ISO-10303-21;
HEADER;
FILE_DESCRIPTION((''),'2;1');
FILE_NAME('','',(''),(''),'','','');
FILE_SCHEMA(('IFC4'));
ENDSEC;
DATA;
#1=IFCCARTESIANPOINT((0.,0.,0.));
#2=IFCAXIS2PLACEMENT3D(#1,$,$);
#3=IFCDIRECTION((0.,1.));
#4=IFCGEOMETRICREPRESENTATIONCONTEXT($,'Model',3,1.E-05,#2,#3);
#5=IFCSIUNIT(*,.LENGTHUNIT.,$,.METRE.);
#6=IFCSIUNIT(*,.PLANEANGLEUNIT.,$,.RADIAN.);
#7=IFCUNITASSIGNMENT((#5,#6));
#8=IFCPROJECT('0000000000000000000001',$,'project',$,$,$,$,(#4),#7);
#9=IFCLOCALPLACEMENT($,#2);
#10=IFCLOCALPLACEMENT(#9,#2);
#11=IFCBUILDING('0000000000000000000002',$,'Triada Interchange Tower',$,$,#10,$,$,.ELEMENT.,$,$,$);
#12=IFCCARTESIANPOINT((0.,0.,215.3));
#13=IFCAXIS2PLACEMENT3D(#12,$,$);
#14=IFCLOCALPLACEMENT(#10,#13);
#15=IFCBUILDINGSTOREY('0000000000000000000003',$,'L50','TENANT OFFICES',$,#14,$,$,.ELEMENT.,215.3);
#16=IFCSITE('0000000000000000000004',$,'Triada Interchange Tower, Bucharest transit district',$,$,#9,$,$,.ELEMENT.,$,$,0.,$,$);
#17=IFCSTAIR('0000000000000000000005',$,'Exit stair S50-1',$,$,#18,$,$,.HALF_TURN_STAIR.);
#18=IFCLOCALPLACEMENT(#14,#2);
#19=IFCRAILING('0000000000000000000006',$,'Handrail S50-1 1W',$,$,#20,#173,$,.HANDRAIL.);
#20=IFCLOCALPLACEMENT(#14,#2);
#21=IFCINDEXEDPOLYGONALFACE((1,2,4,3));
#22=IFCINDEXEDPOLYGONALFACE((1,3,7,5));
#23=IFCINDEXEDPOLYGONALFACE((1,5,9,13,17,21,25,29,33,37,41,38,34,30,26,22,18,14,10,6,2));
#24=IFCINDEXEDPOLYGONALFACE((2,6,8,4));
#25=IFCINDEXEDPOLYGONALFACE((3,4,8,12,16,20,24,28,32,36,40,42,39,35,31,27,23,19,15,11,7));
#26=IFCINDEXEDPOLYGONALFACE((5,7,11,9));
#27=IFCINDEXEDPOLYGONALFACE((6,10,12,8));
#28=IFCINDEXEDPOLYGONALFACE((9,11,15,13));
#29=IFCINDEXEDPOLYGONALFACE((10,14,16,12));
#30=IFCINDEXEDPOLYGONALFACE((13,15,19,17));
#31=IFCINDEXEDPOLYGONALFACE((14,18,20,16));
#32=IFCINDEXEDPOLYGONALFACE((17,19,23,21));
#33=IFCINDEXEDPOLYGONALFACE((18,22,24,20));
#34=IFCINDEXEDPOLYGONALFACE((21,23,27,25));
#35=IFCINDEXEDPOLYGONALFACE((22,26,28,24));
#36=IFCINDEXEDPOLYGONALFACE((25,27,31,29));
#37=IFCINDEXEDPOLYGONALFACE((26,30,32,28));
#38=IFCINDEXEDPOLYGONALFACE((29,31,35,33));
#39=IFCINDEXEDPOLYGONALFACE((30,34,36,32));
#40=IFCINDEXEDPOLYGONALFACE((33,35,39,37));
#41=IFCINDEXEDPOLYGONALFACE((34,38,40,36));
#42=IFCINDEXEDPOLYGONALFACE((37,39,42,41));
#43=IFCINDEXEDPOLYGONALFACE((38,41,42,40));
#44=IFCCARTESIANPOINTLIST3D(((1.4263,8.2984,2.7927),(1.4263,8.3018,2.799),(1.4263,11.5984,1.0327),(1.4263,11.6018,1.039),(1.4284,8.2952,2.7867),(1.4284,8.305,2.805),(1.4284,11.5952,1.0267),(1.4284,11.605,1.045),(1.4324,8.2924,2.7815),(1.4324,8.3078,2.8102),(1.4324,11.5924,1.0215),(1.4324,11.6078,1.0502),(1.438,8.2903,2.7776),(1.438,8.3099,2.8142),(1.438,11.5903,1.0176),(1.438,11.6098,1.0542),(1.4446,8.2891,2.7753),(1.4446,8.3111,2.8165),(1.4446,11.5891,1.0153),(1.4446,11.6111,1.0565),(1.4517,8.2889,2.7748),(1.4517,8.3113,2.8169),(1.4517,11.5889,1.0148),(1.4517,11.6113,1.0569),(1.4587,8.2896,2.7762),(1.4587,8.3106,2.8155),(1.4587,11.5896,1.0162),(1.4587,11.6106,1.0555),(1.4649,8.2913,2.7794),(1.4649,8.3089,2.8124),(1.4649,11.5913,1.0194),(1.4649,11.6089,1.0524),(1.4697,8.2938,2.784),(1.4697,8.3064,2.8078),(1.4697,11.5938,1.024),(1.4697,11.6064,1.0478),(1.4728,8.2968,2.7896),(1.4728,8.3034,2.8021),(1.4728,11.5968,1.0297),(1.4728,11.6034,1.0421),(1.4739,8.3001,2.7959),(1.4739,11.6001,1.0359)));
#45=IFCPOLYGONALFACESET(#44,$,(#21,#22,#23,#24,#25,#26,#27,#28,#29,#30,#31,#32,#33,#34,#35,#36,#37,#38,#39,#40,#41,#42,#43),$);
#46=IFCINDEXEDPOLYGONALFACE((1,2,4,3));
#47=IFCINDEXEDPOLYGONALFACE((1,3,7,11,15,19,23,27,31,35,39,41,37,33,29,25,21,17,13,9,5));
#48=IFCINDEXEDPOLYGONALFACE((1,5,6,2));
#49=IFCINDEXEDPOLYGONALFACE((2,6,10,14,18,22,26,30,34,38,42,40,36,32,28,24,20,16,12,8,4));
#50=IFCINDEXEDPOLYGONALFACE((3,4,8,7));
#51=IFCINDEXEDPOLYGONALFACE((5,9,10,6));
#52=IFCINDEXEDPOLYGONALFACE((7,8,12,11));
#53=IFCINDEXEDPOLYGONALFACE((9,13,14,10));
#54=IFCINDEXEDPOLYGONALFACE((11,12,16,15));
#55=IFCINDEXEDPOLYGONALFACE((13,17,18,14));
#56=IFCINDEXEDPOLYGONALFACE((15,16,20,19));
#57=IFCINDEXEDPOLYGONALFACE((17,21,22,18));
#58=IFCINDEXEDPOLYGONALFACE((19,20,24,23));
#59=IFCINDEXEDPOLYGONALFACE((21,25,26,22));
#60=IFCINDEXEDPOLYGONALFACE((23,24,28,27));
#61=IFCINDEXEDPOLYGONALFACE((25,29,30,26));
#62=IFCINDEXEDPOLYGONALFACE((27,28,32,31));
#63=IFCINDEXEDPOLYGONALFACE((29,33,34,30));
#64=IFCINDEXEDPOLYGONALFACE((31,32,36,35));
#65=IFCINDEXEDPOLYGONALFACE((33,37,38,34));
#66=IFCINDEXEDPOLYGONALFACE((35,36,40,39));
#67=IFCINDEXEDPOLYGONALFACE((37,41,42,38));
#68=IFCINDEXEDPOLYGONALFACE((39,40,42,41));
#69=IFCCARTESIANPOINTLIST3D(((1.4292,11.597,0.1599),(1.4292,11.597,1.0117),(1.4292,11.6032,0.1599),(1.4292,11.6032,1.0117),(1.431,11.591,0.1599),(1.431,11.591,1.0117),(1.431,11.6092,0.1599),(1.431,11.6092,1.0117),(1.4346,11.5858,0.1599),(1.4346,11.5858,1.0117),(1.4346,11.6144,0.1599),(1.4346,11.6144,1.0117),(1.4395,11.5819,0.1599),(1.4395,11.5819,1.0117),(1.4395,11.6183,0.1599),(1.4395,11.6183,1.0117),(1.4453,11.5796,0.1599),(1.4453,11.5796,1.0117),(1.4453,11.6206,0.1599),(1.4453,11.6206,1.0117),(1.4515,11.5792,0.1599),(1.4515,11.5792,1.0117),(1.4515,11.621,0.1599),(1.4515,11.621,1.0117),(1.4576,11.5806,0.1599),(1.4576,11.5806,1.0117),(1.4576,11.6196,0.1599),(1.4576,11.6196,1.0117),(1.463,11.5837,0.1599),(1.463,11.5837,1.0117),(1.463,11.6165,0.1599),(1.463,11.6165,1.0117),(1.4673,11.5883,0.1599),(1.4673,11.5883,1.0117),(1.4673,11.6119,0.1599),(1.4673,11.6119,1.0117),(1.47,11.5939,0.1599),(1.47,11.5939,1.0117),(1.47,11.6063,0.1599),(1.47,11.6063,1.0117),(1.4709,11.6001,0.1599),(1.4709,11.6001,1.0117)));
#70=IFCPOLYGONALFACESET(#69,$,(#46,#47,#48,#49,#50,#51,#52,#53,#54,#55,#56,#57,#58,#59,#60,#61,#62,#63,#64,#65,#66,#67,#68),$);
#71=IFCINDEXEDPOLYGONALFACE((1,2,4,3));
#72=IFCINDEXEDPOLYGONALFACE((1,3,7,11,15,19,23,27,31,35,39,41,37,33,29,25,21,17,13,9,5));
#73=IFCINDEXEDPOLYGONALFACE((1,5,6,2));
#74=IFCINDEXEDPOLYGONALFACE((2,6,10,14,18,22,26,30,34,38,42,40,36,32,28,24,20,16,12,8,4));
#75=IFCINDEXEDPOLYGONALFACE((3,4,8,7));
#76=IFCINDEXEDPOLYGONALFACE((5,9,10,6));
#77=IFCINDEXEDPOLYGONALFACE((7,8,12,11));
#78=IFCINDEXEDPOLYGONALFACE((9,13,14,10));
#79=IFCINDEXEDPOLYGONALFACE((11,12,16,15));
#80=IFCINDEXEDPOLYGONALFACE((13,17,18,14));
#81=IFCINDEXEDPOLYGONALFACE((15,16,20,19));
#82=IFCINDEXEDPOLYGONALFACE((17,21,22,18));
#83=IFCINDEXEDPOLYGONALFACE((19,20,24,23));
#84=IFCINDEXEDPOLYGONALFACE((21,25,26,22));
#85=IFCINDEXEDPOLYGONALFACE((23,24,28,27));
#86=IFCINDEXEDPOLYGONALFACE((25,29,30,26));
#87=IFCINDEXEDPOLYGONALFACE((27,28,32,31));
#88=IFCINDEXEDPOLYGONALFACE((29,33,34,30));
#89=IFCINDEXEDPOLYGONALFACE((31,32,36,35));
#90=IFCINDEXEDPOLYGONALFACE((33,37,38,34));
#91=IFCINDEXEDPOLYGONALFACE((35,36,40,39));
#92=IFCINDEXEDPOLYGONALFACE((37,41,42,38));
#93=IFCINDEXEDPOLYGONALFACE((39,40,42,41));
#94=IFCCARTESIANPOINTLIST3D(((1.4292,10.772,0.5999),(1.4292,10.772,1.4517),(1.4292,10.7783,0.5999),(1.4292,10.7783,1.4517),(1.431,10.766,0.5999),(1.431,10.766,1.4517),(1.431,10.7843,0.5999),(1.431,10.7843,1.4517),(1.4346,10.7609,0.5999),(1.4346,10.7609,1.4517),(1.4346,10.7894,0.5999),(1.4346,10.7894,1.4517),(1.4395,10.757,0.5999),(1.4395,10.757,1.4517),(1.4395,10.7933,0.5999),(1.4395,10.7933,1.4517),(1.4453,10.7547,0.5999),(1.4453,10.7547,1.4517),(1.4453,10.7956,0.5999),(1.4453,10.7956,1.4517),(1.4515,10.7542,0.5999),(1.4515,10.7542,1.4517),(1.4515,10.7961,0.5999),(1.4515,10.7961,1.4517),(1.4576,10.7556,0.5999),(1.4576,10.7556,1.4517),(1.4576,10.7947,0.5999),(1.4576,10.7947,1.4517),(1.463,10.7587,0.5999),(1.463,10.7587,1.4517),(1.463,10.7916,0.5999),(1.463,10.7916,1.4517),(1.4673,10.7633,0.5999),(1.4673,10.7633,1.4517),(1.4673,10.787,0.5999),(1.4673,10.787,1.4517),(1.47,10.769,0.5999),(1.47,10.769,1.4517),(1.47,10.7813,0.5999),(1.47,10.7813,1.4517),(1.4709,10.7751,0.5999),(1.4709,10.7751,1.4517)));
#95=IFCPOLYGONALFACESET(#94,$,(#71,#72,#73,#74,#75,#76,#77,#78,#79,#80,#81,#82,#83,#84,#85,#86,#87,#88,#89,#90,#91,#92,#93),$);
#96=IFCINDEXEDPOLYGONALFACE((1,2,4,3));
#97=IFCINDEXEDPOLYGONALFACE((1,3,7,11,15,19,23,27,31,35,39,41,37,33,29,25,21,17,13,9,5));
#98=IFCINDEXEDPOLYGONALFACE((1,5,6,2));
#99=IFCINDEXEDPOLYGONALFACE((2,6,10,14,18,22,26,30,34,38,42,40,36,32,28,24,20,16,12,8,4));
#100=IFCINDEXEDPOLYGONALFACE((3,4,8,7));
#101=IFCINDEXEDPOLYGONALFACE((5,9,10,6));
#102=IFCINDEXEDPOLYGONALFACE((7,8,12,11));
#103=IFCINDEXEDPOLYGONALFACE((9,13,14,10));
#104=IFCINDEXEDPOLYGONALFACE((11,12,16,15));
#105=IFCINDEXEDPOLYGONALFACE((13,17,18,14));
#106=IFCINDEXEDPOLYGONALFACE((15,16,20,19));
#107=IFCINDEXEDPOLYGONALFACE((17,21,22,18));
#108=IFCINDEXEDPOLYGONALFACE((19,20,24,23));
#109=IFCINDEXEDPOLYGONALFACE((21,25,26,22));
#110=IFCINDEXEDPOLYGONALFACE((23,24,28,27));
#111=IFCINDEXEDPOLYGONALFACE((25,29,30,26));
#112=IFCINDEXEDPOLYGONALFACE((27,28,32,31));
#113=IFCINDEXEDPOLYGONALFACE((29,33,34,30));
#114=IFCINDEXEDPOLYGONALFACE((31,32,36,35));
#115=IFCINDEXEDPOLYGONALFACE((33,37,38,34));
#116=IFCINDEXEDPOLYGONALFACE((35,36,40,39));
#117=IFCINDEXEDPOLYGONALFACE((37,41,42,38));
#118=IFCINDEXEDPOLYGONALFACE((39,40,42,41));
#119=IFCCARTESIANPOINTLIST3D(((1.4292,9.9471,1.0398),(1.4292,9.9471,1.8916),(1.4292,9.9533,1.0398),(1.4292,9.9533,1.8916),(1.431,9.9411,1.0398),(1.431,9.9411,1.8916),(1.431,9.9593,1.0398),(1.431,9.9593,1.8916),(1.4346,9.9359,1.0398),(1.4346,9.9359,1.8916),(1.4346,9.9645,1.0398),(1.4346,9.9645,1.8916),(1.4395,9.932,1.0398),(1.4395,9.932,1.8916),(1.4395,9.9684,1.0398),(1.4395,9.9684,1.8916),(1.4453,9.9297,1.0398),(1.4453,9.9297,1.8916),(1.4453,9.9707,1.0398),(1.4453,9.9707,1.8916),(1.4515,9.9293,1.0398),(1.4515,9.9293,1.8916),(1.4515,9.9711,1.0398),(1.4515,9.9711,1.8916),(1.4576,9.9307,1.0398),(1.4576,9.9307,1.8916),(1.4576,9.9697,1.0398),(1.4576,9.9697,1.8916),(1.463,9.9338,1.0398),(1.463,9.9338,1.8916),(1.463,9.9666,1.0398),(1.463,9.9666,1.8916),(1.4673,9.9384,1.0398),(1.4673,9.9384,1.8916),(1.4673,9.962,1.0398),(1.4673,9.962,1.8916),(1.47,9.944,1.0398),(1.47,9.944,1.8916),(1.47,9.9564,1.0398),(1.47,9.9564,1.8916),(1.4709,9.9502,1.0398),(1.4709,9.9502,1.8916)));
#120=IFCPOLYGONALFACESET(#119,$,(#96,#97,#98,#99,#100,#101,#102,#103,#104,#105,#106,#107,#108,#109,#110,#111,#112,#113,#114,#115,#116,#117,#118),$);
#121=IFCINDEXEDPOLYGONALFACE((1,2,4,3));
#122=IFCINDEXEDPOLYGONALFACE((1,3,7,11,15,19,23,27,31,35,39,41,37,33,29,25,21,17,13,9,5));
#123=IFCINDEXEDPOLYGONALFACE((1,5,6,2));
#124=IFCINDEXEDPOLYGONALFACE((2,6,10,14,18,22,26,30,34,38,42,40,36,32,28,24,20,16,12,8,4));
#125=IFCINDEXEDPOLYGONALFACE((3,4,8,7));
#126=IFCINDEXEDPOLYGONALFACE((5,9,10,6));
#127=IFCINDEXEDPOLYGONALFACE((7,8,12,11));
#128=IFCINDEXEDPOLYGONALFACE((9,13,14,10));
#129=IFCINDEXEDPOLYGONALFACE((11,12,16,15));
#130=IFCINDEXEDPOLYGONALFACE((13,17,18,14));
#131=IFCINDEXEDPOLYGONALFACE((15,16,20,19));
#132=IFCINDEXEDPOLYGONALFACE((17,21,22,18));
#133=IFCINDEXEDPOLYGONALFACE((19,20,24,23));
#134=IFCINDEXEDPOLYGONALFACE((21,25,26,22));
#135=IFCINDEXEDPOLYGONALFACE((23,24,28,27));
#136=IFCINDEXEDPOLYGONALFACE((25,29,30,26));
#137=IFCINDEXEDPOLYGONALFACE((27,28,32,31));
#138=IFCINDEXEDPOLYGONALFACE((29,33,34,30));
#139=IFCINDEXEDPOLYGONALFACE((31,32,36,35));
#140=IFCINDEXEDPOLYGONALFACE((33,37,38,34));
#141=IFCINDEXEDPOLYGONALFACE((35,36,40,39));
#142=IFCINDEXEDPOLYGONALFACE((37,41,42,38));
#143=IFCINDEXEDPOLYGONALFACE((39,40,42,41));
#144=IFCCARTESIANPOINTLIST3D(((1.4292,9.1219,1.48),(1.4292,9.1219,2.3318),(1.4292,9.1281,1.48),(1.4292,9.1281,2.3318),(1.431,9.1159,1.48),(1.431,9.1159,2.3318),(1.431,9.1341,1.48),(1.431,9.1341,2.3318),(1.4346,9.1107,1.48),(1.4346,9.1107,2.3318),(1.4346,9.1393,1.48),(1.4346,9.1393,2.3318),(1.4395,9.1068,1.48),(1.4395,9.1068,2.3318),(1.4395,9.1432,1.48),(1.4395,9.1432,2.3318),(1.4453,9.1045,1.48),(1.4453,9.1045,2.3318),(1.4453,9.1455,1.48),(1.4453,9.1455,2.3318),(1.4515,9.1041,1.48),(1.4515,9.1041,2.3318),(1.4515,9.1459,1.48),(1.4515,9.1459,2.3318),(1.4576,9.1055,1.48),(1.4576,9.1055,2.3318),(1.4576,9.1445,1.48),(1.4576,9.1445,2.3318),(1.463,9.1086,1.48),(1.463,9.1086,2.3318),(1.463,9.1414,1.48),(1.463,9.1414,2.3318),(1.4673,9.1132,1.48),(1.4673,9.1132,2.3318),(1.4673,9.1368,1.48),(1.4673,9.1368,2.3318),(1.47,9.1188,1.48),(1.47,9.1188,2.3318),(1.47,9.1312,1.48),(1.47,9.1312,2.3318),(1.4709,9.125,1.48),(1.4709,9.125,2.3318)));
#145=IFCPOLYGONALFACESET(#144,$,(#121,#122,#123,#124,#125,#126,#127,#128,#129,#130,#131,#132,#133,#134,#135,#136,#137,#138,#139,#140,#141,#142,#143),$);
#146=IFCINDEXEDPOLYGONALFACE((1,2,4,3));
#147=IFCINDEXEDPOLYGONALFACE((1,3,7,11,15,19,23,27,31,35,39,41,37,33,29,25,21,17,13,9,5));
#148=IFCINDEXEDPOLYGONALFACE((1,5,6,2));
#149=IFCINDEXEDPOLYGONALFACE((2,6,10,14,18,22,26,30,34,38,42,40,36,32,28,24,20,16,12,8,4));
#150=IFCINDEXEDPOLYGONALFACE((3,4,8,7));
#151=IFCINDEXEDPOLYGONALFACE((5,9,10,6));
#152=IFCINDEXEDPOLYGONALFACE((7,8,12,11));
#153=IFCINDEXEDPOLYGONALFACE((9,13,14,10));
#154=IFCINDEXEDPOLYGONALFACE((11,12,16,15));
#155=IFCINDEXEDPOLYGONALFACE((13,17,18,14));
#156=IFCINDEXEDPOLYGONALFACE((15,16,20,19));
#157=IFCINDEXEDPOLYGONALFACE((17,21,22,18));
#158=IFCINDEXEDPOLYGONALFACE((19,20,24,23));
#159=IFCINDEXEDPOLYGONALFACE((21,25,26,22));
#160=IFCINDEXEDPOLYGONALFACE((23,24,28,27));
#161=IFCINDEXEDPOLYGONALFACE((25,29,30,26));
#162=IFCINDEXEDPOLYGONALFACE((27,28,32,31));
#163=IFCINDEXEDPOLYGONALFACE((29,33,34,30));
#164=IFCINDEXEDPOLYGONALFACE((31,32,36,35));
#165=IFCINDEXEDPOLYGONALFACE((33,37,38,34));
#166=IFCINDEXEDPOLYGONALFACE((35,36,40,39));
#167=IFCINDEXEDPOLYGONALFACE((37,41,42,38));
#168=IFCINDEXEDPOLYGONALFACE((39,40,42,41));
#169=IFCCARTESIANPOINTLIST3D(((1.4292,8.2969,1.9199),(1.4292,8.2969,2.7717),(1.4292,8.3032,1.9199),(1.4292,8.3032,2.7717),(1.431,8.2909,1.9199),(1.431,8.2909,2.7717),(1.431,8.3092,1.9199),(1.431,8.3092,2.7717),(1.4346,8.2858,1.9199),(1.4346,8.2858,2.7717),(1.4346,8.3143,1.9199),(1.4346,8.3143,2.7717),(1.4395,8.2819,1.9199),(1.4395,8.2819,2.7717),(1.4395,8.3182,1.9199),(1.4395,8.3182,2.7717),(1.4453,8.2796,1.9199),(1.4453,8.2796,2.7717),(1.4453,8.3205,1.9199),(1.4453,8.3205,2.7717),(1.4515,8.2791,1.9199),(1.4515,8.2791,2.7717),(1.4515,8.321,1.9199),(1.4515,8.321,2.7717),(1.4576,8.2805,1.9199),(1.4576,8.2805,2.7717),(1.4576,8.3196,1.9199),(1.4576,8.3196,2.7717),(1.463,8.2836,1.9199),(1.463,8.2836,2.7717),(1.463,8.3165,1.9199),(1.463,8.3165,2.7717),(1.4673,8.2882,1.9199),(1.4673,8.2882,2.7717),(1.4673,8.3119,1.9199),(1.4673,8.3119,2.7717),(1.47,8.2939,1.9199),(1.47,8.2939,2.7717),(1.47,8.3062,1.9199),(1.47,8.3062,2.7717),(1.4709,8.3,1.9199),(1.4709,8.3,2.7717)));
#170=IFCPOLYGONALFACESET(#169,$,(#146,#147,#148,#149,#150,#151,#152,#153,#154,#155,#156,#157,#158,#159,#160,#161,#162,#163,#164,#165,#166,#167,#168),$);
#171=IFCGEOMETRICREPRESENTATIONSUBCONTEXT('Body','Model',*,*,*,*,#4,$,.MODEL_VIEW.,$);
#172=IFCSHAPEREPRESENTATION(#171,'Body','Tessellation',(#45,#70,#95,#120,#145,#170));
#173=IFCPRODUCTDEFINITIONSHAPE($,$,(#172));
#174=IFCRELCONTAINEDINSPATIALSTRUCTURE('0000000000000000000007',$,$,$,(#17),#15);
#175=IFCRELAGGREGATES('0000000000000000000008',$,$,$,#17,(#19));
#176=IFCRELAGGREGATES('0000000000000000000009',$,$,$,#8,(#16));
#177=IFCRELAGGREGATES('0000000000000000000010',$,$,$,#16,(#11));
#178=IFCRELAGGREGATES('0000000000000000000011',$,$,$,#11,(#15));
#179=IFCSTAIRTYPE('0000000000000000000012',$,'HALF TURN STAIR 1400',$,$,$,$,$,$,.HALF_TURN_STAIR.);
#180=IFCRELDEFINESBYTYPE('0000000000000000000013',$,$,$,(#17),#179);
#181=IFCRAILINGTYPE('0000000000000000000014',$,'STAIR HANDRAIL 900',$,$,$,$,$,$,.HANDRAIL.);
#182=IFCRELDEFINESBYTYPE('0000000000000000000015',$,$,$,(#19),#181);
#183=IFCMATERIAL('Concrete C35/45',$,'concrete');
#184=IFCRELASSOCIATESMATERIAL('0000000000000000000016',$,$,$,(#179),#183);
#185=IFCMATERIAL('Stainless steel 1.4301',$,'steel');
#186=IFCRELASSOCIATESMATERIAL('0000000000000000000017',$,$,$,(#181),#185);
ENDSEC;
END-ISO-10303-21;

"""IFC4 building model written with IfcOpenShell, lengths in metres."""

from ifc_helpers import new_model, si_unit, direction, frame, origin, origin_2d, place, context, subcontext, project, spatial, circle, extrude, material, type_object, element, aggregate, save


model = new_model("IFC4")

# Units and contexts
model_context = context("Model", 3, precision=1e-05, world=origin(), true_north=direction((0.0, 1.0)))
body_context = subcontext(model_context, "Body", "Model", "MODEL_VIEW")
ifc_project = project(units=[si_unit("LENGTHUNIT", "METRE"), si_unit("PLANEANGLEUNIT", "RADIAN")], contexts=[model_context])

# Site, building, storey
site_placement = place(None, origin())
site = spatial("IfcSite", under=ifc_project, at=site_placement, Name="Triada Interchange Tower, Bucharest transit district", CompositionType="ELEMENT", RefElevation=0.0)
building_placement = place(site_placement, origin())
building = spatial("IfcBuilding", under=site, at=building_placement, Name="Triada Interchange Tower", CompositionType="ELEMENT")
storey_placement = place(building_placement, frame((0.0, 0.0, 215.3)))
storey = spatial("IfcBuildingStorey", under=building, at=storey_placement, Name="L50", Description="TENANT OFFICES", CompositionType="ELEMENT", Elevation=215.3)

# Stair
ifc_material_1 = material(Name="Concrete C35/45", Category="concrete")
stair_type = type_object("IfcStairType", Name="HALF TURN STAIR 1400", PredefinedType="HALF_TURN_STAIR", material=ifc_material_1)
stair_placement = place(storey_placement, origin())
stair = element("IfcStair", 1, at=stair_placement, inside=storey, type_object=stair_type, Name="Exit stair S50-1", PredefinedType="HALF_TURN_STAIR")

# Railing
ifc_material_2 = material(Name="Stainless steel 1.4301", Category="steel")
railing_type = type_object("IfcRailingType", Name="STAIR HANDRAIL 900", PredefinedType="HANDRAIL", material=ifc_material_2)
railing_1_placement = place(storey_placement, frame((1.45, 11.6001, 0.1599)))
railing_1 = element("IfcRailing", 2, at=railing_1_placement, type_object=railing_type, Name="Handrail S50-1 1W", PredefinedType="HANDRAIL", context=body_context, shape_type="SweptSolid", body=[
    extrude(circle(Radius=0.0239, at=origin_2d()), frame((0.0, 0.0, 0.876), z_axis=(0.0, -0.882355, 0.470585), x_axis=(1.0, 0.0, 0.0)), (0.0, 0.0, 1.0), 3.74),
    extrude(circle(Radius=0.021, at=origin_2d()), origin(), (0.0, 0.0, 1.0), 0.8518),
    extrude(circle(Radius=0.021, at=origin_2d()), frame((0.0, -0.825, 0.4399)), (0.0, 0.0, 1.0), 0.8518),
    extrude(circle(Radius=0.021, at=origin_2d()), frame((0.0, -1.6499, 0.8799)), (0.0, 0.0, 1.0), 0.8518),
    extrude(circle(Radius=0.021, at=origin_2d()), frame((0.0, -2.4751, 1.3201)), (0.0, 0.0, 1.0), 0.8518),
    extrude(circle(Radius=0.021, at=origin_2d()), frame((0.0, -3.3, 1.76)), (0.0, 0.0, 1.0), 0.8518),
])
aggregate(stair, [railing_1])

save(model, "model.ifc")
